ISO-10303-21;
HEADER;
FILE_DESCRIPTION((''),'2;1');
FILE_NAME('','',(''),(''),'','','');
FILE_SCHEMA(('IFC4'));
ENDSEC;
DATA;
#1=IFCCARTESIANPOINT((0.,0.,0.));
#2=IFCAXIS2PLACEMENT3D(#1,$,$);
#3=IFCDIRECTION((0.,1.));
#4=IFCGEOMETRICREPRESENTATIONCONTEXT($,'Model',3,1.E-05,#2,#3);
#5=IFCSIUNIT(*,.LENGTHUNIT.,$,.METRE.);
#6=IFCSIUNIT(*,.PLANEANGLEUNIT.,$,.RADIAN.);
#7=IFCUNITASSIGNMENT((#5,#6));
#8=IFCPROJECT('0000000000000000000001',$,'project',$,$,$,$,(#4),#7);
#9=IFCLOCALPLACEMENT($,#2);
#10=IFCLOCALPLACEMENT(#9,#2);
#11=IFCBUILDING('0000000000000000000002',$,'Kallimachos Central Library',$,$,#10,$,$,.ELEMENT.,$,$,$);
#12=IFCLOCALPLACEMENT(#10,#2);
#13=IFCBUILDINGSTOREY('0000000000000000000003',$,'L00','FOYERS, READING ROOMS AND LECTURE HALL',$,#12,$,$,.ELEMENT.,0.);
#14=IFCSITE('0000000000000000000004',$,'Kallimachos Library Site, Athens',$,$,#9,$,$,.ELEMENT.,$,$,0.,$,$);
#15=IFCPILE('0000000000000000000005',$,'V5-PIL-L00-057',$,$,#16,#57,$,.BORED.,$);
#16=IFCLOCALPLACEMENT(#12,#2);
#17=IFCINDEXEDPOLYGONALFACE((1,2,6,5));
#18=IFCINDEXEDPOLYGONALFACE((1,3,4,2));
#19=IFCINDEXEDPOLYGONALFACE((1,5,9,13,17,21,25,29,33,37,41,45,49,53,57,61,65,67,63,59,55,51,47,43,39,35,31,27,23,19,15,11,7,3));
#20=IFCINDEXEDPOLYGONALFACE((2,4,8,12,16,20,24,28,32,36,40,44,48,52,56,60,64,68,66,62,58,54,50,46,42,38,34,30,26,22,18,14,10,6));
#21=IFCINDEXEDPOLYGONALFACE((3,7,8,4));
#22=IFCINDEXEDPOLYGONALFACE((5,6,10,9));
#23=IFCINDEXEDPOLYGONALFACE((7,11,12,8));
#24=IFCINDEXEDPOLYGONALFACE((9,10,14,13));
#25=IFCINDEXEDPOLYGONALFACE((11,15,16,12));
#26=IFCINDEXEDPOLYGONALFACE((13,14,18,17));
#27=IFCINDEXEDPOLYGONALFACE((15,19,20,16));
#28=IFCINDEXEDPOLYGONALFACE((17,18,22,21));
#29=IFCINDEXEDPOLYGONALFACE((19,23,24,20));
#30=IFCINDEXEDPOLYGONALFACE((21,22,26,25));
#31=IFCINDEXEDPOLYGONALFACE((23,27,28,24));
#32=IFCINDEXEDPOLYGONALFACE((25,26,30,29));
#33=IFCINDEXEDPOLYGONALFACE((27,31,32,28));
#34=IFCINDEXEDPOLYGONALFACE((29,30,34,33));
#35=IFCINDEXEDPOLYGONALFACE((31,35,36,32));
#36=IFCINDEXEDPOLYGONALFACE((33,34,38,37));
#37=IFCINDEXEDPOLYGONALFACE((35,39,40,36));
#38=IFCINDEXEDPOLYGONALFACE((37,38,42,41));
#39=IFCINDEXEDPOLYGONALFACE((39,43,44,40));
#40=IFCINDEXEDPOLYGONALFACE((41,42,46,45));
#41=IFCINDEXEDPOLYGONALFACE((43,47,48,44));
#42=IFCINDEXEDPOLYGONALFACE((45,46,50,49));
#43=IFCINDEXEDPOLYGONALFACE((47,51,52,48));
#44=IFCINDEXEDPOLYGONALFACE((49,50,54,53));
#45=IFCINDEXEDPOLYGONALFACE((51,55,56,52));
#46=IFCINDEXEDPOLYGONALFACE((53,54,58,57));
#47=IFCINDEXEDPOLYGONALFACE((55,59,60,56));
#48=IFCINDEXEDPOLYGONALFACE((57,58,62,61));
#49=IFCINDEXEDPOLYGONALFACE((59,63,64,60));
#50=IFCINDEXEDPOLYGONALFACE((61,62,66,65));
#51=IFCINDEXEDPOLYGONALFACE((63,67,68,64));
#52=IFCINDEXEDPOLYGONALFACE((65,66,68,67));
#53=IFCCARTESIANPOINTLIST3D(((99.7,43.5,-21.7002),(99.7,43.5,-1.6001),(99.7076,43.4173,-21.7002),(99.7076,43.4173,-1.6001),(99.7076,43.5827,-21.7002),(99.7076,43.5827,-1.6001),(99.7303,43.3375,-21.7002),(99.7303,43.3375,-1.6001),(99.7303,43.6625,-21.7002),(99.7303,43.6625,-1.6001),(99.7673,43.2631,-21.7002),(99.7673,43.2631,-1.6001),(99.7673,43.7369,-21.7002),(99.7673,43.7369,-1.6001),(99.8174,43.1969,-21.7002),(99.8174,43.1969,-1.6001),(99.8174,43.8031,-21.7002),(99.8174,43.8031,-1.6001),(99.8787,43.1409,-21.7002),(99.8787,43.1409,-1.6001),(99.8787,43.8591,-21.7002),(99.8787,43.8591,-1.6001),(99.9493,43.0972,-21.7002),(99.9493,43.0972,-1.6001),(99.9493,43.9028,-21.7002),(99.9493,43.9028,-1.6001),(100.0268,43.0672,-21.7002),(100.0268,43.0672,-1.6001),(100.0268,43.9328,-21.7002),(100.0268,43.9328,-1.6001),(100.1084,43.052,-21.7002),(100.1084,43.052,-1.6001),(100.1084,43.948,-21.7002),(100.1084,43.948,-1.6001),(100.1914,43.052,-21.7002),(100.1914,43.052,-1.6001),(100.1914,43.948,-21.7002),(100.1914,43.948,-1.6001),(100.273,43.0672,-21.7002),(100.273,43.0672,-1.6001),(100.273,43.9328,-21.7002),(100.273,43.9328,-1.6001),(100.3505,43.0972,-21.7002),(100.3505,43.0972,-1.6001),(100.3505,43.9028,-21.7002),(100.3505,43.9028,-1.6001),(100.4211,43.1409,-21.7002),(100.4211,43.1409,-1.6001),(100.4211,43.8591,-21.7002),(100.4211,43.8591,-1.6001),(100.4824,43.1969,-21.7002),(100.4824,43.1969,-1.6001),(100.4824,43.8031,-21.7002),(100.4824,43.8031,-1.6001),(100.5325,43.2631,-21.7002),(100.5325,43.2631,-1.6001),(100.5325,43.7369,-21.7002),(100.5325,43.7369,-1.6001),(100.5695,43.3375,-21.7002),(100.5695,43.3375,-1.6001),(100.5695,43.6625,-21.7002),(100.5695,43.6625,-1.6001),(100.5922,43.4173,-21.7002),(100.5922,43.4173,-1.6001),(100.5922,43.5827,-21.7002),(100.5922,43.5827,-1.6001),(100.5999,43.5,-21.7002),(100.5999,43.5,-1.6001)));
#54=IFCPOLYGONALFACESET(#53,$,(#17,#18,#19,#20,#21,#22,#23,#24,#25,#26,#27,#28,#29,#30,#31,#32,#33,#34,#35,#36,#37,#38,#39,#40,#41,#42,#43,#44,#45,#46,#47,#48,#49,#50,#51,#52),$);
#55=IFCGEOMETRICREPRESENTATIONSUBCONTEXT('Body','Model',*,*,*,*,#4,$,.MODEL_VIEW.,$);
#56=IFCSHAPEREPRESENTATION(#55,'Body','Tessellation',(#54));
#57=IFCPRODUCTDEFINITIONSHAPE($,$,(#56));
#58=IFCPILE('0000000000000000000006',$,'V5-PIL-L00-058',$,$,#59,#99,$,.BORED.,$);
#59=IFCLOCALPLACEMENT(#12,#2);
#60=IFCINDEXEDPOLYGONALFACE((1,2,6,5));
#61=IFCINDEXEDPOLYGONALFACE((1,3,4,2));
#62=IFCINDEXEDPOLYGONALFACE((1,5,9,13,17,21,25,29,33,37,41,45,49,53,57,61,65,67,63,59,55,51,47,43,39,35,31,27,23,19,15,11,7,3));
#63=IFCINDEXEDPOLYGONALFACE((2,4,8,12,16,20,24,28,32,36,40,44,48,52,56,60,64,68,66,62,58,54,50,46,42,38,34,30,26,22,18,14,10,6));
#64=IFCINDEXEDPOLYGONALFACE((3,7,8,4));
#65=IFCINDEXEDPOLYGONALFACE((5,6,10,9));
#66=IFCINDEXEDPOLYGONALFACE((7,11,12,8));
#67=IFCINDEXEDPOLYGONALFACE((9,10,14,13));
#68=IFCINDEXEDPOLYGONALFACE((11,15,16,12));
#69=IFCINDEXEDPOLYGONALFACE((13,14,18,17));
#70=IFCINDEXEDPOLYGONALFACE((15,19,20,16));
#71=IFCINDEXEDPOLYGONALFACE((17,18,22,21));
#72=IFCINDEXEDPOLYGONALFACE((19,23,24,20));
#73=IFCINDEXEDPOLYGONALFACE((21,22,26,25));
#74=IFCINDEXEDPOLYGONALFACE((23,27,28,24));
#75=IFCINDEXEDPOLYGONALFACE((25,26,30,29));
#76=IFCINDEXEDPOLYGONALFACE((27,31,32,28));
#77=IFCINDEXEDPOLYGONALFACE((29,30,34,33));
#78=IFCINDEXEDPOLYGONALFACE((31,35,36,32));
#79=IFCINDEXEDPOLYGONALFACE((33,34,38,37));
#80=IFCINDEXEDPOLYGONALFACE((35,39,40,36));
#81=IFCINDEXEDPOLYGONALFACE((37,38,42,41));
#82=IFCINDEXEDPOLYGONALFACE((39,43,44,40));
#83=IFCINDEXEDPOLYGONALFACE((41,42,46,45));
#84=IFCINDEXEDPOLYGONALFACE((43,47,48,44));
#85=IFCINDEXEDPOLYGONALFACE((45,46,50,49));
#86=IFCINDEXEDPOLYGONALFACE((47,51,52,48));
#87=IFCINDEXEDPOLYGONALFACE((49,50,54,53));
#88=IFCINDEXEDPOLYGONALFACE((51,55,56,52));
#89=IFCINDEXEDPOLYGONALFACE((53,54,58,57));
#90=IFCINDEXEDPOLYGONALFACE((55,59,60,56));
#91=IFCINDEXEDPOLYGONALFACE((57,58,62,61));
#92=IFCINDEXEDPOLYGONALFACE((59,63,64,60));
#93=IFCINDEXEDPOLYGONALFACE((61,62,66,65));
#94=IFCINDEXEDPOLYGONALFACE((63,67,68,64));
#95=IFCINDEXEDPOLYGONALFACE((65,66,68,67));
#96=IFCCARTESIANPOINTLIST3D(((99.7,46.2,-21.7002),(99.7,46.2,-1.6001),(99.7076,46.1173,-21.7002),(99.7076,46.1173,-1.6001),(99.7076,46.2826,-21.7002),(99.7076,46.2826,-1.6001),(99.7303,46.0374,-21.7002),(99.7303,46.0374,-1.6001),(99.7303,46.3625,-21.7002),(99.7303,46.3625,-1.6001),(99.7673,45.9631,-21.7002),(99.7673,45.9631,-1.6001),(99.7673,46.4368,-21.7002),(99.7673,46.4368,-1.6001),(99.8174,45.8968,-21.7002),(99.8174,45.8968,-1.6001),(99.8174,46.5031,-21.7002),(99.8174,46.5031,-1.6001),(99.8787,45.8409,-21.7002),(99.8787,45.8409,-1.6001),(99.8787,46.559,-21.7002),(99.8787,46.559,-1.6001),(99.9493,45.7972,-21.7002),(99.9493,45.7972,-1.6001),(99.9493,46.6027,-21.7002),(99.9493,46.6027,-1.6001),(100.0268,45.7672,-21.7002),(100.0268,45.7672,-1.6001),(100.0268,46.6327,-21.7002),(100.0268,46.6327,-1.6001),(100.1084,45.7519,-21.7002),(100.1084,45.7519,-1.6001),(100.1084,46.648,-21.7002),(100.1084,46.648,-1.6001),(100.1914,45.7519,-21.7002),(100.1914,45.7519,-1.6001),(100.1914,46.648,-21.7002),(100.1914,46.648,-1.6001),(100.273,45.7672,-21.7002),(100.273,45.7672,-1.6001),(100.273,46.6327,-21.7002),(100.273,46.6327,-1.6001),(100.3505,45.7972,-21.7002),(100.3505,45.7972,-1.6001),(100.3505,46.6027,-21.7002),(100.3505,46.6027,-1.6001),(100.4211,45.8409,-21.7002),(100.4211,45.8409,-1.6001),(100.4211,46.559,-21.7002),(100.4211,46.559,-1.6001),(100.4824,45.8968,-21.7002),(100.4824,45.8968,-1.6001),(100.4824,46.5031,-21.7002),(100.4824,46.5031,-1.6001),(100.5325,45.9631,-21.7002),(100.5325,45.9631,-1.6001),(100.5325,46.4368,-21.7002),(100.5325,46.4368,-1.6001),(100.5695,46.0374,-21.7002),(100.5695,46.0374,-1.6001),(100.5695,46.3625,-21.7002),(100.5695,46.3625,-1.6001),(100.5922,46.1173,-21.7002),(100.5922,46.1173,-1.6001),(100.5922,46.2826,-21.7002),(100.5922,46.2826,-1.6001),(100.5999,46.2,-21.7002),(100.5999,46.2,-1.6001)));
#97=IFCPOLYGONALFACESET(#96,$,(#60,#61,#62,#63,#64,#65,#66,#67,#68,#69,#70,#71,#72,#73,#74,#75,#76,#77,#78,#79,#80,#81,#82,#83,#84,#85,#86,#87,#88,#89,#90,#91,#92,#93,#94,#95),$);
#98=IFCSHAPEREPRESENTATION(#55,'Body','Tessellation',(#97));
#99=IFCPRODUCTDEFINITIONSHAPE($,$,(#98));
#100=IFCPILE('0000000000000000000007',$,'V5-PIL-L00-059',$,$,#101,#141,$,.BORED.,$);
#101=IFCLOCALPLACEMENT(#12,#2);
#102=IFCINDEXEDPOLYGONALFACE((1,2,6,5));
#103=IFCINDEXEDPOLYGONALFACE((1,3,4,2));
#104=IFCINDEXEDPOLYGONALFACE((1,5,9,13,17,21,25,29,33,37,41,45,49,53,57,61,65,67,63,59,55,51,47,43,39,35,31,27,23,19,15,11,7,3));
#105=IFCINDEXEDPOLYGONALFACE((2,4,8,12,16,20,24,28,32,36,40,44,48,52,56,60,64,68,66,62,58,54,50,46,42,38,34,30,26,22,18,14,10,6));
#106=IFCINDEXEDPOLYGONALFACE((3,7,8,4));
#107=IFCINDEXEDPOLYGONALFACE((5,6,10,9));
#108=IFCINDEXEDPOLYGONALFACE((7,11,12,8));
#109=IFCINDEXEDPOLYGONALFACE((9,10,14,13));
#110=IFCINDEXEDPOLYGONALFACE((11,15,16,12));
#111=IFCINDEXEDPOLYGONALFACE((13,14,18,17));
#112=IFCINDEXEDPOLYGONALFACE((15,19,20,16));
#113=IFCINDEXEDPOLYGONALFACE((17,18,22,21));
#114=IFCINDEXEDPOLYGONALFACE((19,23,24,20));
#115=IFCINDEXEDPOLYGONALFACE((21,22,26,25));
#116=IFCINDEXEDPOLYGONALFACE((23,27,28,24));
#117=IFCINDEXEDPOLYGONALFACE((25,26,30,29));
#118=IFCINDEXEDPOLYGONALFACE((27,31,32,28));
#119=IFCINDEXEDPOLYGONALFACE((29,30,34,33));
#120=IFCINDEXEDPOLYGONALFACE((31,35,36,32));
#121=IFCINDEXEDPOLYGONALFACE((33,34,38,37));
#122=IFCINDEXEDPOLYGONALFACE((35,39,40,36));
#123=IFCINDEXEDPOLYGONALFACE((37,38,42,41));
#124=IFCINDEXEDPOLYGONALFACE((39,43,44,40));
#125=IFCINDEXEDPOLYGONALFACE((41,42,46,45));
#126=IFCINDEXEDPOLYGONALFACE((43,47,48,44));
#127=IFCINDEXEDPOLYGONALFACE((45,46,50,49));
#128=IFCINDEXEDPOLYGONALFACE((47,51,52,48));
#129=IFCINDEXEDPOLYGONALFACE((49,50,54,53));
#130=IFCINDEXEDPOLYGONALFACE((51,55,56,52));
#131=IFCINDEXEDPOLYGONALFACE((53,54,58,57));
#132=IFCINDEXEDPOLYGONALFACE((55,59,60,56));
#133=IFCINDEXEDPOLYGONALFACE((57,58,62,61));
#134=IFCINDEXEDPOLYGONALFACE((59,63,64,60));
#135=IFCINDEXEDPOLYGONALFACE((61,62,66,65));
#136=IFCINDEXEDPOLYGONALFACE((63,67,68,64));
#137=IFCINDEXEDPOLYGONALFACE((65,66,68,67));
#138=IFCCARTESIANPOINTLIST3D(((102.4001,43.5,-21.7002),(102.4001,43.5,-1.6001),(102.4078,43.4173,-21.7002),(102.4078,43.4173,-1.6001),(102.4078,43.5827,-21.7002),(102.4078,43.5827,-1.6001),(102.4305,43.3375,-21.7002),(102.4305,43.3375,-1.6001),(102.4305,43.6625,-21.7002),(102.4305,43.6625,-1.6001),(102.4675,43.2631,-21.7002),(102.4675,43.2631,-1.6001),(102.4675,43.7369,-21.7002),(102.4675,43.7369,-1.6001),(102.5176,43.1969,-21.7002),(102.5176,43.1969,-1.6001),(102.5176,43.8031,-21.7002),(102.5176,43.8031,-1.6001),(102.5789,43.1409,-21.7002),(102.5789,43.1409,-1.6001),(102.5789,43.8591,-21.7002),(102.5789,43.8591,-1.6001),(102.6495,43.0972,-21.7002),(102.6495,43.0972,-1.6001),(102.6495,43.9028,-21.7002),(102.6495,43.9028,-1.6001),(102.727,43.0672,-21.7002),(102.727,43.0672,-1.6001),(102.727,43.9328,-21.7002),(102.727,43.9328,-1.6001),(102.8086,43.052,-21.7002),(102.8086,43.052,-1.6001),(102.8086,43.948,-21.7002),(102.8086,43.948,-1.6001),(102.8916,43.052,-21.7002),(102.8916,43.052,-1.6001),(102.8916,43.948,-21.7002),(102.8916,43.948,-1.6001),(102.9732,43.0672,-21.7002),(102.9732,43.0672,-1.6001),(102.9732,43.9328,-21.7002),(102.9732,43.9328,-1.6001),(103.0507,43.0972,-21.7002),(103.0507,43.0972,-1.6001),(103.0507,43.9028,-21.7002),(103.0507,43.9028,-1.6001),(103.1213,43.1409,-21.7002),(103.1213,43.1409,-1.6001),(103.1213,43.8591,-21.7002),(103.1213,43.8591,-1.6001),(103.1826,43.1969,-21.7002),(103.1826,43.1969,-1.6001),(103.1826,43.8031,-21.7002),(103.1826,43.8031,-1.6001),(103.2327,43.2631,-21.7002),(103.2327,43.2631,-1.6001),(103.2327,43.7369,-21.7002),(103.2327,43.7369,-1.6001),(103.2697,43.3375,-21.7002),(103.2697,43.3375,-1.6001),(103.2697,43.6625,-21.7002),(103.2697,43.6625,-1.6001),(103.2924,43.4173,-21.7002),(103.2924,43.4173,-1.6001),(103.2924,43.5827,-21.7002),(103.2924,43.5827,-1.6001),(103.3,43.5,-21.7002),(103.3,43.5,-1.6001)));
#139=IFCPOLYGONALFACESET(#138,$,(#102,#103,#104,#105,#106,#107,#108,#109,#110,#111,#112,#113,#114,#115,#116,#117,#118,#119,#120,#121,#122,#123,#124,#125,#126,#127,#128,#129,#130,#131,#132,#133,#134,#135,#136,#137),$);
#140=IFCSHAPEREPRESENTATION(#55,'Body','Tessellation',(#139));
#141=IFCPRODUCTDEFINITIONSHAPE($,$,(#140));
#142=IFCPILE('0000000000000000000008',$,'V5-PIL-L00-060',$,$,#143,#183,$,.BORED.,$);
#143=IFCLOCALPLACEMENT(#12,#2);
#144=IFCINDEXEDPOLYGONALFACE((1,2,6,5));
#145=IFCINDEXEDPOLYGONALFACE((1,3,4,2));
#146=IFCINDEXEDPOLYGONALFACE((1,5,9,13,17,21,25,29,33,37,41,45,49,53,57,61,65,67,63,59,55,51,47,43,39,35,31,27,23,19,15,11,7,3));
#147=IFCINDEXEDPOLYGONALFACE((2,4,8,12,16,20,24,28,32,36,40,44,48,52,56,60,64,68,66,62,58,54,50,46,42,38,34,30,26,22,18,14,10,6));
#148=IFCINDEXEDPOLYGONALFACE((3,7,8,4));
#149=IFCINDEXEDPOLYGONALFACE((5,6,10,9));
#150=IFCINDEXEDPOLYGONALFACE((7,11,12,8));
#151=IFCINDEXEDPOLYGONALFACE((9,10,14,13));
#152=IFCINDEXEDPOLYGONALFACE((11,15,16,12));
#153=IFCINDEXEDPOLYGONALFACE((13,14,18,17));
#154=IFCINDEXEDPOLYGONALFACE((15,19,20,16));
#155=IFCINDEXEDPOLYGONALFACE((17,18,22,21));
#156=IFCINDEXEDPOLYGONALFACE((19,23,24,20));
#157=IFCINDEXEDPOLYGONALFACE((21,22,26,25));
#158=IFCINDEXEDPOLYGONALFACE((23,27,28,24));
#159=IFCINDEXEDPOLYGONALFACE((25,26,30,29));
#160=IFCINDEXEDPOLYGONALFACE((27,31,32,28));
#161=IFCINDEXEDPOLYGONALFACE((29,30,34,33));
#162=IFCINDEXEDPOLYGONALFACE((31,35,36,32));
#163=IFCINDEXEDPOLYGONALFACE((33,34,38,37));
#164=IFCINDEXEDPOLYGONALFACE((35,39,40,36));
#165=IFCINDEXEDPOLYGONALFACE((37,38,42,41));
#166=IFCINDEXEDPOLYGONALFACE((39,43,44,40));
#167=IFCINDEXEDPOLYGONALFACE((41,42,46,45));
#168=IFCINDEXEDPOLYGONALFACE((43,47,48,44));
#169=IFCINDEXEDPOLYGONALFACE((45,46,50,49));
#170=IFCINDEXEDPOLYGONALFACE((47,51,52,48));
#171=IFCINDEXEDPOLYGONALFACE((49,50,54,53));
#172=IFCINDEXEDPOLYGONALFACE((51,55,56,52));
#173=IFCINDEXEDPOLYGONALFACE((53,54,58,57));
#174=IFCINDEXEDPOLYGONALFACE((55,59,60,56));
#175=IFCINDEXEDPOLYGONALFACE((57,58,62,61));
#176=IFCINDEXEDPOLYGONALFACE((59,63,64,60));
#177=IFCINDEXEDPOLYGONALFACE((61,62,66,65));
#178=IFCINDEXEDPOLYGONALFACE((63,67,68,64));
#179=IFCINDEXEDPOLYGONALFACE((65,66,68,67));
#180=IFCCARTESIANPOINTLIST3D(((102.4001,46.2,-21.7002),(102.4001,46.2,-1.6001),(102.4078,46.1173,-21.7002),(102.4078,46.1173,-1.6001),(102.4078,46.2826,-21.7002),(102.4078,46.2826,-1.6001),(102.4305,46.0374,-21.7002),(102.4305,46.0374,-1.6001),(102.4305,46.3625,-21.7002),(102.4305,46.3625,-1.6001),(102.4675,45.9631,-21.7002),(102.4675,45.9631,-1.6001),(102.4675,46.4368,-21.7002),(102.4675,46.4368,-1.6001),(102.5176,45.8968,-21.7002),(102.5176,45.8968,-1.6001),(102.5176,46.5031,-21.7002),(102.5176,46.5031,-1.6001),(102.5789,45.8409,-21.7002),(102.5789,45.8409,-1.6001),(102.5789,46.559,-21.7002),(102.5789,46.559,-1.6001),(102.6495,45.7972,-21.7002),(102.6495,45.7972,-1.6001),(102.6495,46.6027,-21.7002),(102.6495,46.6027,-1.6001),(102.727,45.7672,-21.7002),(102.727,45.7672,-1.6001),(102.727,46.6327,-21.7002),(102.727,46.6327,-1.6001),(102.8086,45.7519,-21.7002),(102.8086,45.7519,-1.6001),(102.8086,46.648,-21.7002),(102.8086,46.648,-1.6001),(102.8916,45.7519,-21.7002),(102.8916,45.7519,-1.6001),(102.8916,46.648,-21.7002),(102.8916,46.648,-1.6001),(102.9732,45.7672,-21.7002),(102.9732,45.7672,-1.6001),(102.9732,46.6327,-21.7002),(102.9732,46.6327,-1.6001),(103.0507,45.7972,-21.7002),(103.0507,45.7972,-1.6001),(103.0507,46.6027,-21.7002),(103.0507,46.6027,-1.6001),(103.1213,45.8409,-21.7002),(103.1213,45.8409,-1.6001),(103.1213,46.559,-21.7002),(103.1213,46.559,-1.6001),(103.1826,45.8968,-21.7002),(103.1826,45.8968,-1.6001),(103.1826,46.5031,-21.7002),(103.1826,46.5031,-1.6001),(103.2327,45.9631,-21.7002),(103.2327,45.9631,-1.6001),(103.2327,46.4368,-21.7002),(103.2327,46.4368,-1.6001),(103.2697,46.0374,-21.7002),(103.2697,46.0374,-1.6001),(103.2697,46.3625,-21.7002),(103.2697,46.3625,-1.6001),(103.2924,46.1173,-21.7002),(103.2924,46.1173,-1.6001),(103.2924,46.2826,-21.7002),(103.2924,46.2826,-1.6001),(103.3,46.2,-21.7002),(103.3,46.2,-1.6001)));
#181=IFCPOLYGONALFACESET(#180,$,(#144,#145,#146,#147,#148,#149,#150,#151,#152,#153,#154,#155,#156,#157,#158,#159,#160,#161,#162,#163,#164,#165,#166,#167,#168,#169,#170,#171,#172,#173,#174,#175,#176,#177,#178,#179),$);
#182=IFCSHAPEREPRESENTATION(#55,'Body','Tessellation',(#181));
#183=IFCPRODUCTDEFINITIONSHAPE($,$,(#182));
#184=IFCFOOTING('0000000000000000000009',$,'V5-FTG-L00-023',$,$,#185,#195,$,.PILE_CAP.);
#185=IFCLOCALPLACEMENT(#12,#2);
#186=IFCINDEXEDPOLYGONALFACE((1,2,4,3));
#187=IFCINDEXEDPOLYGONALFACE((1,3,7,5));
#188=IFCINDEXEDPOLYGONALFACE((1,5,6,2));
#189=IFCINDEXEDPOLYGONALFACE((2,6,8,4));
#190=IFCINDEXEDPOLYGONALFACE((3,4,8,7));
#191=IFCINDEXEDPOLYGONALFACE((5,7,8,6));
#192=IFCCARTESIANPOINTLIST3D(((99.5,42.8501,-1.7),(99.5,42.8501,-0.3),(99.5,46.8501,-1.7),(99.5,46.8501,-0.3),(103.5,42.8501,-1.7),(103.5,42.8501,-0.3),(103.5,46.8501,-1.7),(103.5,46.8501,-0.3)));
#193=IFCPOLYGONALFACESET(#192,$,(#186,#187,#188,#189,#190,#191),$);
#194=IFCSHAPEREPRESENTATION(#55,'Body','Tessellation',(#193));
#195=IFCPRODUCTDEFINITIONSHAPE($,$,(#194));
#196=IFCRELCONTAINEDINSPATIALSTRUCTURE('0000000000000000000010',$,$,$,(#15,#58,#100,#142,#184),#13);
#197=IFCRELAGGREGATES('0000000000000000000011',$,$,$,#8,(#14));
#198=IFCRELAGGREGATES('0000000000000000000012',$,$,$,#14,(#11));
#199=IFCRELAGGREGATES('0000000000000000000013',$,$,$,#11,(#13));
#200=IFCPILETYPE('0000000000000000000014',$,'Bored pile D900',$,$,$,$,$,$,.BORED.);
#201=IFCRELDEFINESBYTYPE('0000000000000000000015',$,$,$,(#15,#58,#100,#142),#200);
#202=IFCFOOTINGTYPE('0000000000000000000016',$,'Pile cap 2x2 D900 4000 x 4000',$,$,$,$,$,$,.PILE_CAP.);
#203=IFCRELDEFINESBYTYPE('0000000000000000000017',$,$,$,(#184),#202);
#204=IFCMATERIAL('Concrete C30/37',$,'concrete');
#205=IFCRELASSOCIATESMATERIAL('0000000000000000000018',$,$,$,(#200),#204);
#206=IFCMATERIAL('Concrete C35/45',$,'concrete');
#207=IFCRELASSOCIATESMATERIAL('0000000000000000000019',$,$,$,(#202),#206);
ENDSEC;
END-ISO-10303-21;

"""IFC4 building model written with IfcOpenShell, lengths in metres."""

from ifc_helpers import new_model, si_unit, direction, frame, origin, origin_2d, place, context, subcontext, project, spatial, rectangle, circle, extrude, material, type_object, element, save


model = new_model("IFC4")

# Units and contexts
model_context = context("Model", 3, precision=1e-05, world=origin(), true_north=direction((0.0, 1.0)))
body_context = subcontext(model_context, "Body", "Model", "MODEL_VIEW")
ifc_project = project(units=[si_unit("LENGTHUNIT", "METRE"), si_unit("PLANEANGLEUNIT", "RADIAN")], contexts=[model_context])

# Site, building, storey
site_placement = place(None, origin())
site = spatial("IfcSite", under=ifc_project, at=site_placement, Name="Kallimachos Library Site, Athens", CompositionType="ELEMENT", RefElevation=0.0)
building_placement = place(site_placement, origin())
building = spatial("IfcBuilding", under=site, at=building_placement, Name="Kallimachos Central Library", CompositionType="ELEMENT")
storey_placement = place(building_placement, origin())
storey = spatial("IfcBuildingStorey", under=building, at=storey_placement, Name="L00", Description="FOYERS, READING ROOMS AND LECTURE HALL", CompositionType="ELEMENT", Elevation=0.0)

# Piles
ifc_material_1 = material(Name="Concrete C30/37", Category="concrete")
pile_type = type_object("IfcPileType", Name="Bored pile D900", PredefinedType="BORED", material=ifc_material_1)
for number, where, z_axis, x_axis, name in (
    (1, (100.1499, 43.5, -1.6001), (0.0, 0.0, -1.0), (1.0, 0.0, 0.0), "V5-PIL-L00-057"),
    (2, (100.1499, 46.2, -1.6001), (0.0, 0.0, -1.0), (1.0, 0.0, 0.0), "V5-PIL-L00-058"),
    (3, (102.8501, 43.5, -1.6001), (0.0, 0.0, -1.0), (1.0, 0.0, 0.0), "V5-PIL-L00-059"),
    (4, (102.8501, 46.2, -1.6001), (0.0, 0.0, -1.0), (1.0, 0.0, 0.0), "V5-PIL-L00-060"),
):
    element("IfcPile", number, at=place(storey_placement, frame(where, z_axis=z_axis, x_axis=x_axis)), inside=storey, type_object=pile_type, Name=name, PredefinedType="BORED", context=body_context, shape_type="SweptSolid", body=[
        extrude(circle(Radius=0.45, at=origin_2d()), origin(), (0.0, 0.0, 1.0), 20.1001),
    ])

# Footing
ifc_material_2 = material(Name="Concrete C35/45", Category="concrete")
footing_type = type_object("IfcFootingType", Name="Pile cap 2x2 D900 4000 x 4000", PredefinedType="PILE_CAP", material=ifc_material_2)
footing_placement = place(storey_placement, frame((101.5, 44.8501, -1.7), z_axis=(0.0, 0.0, 1.0), x_axis=(1.0, 0.0, 0.0)))
element("IfcFooting", 5, at=footing_placement, inside=storey, type_object=footing_type, Name="V5-FTG-L00-023", PredefinedType="PILE_CAP", context=body_context, shape_type="SweptSolid", body=[
    extrude(rectangle(XDim=4.0, YDim=4.0, at=origin_2d()), origin(), (0.0, 0.0, 1.0), 1.3999),
])

save(model, "model.ifc")
